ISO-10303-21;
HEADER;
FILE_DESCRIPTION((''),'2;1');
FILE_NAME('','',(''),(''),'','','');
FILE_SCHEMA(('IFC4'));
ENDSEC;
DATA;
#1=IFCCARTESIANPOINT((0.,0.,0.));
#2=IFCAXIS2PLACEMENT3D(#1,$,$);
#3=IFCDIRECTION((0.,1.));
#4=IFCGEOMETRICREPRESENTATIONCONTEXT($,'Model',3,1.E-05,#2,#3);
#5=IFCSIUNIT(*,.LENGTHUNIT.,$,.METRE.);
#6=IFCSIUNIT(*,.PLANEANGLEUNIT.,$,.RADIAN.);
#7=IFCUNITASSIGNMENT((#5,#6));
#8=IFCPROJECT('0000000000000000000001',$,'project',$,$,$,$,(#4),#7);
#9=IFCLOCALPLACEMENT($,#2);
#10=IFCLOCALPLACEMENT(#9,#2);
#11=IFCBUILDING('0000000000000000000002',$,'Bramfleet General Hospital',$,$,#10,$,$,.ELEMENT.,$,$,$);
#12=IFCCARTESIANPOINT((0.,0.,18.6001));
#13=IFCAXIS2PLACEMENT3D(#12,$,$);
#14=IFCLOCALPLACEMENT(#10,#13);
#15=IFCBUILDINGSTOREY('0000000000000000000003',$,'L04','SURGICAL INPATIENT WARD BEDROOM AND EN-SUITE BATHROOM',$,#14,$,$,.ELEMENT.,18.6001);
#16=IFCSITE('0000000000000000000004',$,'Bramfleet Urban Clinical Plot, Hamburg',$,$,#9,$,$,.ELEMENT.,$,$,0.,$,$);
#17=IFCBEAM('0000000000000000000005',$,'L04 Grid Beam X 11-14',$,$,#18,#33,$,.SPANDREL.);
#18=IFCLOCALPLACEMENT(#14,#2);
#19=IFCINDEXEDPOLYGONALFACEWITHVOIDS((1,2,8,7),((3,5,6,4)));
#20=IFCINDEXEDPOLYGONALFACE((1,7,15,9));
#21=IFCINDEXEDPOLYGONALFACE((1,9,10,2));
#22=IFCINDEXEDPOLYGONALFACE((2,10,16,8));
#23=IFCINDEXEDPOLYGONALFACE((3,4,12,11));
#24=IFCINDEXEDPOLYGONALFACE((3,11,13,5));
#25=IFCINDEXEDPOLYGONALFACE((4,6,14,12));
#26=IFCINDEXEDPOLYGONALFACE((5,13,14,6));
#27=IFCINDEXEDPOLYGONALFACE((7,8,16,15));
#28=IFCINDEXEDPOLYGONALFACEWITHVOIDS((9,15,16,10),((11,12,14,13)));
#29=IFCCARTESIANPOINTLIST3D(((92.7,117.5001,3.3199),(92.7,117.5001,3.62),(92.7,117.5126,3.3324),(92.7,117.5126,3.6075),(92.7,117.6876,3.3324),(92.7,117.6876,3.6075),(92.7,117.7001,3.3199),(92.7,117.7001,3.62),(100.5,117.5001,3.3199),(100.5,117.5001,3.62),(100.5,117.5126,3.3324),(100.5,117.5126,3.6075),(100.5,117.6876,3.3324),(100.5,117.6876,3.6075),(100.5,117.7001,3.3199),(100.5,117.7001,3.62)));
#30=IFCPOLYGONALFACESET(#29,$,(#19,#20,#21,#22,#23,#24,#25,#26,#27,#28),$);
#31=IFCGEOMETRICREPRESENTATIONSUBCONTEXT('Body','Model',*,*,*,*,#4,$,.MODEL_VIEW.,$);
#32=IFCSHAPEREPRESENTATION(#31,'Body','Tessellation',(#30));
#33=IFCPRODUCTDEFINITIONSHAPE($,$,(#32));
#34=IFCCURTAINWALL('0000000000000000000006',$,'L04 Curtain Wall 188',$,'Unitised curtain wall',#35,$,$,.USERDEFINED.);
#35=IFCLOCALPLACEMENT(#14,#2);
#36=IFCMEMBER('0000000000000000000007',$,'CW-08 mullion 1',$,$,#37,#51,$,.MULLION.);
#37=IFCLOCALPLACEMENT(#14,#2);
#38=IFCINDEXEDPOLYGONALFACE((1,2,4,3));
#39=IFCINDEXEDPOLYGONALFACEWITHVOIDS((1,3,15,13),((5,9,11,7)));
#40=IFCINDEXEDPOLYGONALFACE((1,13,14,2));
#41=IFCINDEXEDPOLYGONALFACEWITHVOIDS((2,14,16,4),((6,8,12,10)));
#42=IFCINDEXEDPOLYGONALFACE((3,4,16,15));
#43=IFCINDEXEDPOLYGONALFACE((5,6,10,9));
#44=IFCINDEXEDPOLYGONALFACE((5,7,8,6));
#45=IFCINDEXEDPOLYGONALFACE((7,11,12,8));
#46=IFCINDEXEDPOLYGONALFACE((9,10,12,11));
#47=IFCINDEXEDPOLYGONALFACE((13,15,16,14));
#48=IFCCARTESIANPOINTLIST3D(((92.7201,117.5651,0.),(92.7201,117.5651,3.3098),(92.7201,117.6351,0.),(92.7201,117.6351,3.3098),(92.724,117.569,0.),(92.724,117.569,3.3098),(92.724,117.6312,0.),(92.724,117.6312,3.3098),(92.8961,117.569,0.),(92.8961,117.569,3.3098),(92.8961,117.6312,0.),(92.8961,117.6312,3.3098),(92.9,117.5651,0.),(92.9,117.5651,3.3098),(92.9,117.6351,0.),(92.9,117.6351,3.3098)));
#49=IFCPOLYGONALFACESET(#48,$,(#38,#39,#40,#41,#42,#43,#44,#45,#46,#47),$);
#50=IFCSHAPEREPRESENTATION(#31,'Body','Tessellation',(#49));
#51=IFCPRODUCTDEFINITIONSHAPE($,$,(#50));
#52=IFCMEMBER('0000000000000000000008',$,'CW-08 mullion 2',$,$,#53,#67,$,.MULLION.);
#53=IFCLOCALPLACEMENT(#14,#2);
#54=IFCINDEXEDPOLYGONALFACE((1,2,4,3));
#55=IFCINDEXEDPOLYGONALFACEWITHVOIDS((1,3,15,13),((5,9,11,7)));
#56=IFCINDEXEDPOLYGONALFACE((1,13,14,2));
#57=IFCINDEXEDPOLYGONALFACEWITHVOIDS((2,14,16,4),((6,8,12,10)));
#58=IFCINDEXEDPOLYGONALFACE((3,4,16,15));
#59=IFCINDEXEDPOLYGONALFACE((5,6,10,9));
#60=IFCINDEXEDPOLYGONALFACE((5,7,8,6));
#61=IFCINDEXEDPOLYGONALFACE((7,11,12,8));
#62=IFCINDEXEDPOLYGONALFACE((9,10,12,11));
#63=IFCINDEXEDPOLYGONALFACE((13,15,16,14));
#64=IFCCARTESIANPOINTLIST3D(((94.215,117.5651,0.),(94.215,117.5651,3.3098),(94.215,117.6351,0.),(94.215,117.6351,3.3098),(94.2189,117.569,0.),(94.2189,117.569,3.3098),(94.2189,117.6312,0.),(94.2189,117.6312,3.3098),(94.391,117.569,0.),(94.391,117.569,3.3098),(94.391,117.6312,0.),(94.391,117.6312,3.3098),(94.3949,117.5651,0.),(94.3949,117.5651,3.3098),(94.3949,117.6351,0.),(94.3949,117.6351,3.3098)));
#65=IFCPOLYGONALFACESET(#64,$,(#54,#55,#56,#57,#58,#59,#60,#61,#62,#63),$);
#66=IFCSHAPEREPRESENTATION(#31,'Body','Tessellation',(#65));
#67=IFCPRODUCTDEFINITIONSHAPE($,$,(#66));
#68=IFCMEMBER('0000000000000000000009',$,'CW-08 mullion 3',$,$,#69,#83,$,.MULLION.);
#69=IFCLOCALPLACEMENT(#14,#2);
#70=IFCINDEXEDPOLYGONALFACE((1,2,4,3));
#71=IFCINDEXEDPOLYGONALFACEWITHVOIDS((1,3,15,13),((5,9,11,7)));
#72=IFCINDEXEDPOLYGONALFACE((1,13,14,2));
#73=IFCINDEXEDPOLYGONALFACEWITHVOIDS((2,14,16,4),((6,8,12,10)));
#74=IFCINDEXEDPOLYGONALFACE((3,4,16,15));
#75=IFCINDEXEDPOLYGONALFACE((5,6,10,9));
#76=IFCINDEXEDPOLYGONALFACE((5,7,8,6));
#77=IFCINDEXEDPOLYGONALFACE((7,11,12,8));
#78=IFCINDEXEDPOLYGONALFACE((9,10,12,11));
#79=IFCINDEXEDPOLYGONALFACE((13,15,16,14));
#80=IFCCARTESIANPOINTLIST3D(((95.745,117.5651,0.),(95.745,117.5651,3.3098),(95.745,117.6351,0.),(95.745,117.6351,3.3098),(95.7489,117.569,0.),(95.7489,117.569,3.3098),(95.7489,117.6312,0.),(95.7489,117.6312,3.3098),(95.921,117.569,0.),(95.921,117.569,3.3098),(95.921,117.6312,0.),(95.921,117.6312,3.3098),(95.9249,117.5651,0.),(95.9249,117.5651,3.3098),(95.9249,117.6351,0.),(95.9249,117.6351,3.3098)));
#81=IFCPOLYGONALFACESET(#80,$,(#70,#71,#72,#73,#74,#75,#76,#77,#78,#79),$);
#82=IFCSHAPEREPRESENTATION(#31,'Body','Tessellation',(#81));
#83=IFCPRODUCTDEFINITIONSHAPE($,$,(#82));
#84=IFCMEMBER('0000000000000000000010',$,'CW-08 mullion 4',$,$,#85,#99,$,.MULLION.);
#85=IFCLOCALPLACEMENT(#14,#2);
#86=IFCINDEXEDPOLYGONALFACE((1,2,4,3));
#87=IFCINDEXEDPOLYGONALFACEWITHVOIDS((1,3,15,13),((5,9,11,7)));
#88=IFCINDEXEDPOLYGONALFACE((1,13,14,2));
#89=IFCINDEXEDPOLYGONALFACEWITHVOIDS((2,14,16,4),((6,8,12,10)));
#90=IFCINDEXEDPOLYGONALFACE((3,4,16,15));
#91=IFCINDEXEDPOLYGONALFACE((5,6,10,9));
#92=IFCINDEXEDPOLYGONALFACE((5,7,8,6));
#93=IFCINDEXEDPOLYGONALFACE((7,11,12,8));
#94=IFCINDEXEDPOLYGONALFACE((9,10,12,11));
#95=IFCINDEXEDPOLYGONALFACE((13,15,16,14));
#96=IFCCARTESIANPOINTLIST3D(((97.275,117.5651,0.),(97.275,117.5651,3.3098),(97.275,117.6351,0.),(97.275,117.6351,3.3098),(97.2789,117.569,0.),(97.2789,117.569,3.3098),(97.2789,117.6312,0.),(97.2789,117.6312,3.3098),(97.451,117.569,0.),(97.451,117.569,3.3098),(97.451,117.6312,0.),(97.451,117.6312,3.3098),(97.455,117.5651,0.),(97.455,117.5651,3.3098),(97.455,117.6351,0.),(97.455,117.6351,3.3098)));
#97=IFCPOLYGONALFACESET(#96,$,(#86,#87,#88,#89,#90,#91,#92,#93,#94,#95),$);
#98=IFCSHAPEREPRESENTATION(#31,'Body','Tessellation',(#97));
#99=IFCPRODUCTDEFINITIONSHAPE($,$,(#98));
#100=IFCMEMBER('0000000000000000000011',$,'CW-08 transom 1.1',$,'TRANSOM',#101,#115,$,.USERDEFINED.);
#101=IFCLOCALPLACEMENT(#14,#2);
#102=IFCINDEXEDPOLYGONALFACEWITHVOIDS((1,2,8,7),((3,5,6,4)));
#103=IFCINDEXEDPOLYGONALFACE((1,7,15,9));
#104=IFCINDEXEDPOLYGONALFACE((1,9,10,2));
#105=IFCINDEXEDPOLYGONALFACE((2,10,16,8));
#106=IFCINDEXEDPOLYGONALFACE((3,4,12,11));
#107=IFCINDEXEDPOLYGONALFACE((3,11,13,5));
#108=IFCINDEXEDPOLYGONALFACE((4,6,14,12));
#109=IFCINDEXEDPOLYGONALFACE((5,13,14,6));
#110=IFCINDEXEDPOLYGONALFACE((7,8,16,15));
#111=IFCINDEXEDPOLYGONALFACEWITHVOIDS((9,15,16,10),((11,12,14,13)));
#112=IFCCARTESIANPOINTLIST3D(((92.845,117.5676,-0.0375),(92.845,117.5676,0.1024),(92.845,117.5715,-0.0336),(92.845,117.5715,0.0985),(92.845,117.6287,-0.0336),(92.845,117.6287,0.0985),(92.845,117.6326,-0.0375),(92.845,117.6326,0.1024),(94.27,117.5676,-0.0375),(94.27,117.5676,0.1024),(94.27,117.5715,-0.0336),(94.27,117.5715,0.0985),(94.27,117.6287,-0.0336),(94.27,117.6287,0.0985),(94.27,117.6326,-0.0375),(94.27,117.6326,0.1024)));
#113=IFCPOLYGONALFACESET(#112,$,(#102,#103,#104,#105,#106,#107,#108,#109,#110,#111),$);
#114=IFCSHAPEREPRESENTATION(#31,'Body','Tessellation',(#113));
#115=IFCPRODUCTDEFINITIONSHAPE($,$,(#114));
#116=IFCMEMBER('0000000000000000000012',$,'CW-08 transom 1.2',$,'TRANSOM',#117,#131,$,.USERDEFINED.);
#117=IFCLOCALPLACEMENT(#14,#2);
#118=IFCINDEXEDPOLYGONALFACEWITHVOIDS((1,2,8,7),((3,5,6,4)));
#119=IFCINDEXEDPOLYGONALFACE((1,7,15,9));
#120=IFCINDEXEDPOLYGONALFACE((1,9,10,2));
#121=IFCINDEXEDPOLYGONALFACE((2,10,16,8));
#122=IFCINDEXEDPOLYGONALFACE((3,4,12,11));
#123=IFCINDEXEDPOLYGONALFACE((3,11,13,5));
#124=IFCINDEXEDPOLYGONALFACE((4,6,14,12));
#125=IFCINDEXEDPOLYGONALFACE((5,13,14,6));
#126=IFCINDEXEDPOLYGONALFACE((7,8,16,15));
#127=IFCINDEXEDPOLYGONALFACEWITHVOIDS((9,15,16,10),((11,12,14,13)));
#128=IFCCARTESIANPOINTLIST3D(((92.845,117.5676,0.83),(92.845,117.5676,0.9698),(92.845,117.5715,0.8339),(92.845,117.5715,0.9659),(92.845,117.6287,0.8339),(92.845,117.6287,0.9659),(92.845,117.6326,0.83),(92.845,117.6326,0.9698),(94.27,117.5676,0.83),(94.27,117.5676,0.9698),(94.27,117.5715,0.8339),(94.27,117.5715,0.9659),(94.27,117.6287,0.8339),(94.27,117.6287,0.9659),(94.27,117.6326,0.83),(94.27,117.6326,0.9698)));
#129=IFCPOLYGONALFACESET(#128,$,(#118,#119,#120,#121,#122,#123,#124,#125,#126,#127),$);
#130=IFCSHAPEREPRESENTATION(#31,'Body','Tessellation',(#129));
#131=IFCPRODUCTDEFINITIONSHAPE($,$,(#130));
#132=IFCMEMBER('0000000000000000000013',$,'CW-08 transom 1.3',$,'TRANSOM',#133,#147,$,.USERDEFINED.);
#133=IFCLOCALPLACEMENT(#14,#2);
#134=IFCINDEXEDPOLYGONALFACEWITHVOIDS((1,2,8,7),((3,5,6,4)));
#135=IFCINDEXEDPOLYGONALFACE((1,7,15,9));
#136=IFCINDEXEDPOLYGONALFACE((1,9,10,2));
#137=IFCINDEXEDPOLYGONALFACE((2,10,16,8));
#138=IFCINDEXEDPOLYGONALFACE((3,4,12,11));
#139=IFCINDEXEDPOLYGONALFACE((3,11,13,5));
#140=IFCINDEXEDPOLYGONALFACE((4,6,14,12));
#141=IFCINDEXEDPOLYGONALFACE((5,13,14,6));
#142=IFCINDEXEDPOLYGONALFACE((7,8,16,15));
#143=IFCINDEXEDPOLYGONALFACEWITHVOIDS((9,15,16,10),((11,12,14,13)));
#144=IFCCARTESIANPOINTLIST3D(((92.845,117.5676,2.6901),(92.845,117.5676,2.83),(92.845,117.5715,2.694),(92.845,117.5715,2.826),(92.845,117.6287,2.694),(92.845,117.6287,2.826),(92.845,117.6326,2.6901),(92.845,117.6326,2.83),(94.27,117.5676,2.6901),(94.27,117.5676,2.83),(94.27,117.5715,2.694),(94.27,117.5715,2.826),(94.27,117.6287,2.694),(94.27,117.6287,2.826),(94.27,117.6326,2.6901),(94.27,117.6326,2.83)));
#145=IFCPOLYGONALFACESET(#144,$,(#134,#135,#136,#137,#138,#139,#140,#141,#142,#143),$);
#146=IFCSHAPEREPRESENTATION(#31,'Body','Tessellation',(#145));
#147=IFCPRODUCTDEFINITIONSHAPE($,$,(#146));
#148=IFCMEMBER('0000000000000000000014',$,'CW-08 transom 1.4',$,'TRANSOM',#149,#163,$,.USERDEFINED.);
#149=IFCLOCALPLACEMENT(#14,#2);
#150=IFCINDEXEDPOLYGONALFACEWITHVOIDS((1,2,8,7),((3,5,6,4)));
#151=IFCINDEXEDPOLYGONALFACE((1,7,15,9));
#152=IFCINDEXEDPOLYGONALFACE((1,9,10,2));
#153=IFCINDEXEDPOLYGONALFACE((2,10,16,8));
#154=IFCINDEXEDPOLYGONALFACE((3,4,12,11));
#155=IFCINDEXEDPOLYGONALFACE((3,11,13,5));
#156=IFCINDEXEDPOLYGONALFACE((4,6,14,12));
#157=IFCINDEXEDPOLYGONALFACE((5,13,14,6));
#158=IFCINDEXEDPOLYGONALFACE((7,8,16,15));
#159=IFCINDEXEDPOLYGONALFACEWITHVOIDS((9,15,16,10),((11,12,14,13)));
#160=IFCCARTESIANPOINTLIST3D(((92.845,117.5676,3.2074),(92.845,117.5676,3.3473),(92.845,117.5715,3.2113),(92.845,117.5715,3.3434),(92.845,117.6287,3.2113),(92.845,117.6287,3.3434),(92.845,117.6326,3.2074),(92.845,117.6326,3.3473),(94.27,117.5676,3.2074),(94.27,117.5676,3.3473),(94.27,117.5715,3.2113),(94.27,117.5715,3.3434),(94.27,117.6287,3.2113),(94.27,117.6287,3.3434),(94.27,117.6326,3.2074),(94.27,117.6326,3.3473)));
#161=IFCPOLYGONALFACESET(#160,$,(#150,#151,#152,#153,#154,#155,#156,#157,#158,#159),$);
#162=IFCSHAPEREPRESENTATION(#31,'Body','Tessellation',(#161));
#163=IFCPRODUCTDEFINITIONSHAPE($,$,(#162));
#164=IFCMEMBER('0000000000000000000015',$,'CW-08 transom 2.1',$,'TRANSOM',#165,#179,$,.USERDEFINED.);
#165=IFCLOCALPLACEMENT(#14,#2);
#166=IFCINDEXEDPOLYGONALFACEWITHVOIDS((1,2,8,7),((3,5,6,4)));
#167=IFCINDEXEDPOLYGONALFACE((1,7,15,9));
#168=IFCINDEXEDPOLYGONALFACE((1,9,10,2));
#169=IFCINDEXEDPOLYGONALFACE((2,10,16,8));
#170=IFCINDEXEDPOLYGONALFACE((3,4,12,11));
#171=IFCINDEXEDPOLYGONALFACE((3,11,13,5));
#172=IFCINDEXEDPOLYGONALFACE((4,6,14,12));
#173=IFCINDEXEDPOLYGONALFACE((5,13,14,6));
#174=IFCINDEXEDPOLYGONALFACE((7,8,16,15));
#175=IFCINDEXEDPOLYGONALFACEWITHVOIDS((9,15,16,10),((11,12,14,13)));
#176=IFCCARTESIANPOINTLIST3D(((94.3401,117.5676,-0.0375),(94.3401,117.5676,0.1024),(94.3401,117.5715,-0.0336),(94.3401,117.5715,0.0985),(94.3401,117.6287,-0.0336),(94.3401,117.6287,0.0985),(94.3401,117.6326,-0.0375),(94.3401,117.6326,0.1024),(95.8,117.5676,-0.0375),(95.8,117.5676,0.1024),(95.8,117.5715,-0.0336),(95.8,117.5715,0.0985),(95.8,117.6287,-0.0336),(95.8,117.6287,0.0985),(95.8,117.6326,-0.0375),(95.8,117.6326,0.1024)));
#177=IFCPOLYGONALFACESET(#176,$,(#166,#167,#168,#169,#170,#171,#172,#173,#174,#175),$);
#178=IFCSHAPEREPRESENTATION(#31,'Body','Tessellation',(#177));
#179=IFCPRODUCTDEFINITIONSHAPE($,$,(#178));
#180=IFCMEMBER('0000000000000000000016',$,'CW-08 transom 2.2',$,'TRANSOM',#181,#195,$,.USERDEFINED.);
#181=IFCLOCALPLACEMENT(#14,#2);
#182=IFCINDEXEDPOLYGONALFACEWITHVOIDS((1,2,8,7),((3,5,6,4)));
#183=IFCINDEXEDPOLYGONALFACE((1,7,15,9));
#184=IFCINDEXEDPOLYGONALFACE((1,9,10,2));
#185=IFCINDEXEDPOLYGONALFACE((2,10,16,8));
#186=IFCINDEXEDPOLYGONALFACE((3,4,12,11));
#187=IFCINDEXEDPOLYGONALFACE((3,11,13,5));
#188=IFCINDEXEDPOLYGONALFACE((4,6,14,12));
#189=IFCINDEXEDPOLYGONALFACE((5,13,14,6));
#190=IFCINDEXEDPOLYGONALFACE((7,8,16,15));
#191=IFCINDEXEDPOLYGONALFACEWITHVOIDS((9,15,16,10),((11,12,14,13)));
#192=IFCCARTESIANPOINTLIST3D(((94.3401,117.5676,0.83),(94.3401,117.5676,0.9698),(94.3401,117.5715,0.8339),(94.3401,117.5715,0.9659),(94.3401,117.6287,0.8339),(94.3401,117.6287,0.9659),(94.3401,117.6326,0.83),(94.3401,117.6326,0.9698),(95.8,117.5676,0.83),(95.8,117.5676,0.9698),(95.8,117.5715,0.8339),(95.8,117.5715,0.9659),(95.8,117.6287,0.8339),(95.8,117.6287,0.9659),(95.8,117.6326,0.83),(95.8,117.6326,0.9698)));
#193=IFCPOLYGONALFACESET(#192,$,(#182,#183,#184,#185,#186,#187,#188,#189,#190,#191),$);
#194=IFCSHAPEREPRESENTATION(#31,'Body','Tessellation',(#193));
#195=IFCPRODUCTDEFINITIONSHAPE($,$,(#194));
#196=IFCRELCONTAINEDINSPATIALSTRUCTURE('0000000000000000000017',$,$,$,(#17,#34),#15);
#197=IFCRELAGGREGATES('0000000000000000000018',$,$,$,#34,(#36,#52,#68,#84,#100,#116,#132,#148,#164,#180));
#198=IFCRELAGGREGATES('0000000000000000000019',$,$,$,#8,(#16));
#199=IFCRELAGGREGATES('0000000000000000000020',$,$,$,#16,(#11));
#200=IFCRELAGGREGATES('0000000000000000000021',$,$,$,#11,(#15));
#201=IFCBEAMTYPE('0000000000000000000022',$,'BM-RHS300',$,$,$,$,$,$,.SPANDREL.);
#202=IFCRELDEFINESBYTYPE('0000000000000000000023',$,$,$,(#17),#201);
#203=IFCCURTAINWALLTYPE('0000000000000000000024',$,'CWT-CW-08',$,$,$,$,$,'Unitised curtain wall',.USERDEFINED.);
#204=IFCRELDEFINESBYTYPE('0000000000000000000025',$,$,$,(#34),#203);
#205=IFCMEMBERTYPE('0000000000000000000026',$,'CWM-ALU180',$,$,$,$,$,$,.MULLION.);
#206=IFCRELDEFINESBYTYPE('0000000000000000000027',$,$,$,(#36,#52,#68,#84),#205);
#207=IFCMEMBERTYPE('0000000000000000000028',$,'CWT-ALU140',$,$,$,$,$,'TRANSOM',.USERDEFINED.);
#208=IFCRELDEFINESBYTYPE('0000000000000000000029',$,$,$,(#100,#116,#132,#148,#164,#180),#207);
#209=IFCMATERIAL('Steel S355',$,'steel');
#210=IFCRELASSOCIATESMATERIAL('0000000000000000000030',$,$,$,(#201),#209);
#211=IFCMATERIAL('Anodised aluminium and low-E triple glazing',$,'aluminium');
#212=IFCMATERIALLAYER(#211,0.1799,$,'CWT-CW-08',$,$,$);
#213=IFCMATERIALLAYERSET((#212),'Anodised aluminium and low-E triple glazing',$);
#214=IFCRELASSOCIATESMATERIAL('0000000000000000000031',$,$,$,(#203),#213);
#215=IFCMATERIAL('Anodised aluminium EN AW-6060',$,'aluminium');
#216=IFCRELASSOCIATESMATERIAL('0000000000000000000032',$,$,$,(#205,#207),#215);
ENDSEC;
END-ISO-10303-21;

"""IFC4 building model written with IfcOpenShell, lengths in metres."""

from ifc_helpers import new_model, si_unit, direction, frame, origin, origin_2d, place, context, subcontext, project, spatial, hollow_rectangle, extrude, material, layer, layer_set, material_profile, profile_set, type_object, element, aggregate, save


model = new_model("IFC4")

# Units and contexts
model_context = context("Model", 3, precision=1e-05, world=origin(), true_north=direction((0.0, 1.0)))
body_context = subcontext(model_context, "Body", "Model", "MODEL_VIEW")
ifc_project = project(units=[si_unit("LENGTHUNIT", "METRE"), si_unit("PLANEANGLEUNIT", "RADIAN")], contexts=[model_context])

# Site, building, storey
site_placement = place(None, origin())
site = spatial("IfcSite", under=ifc_project, at=site_placement, Name="Bramfleet Urban Clinical Plot, Hamburg", CompositionType="ELEMENT", RefElevation=0.0)
building_placement = place(site_placement, origin())
building = spatial("IfcBuilding", under=site, at=building_placement, Name="Bramfleet General Hospital", CompositionType="ELEMENT")
storey_placement = place(building_placement, frame((0.0, 0.0, 18.6001)))
storey = spatial("IfcBuildingStorey", under=building, at=storey_placement, Name="L04", Description="SURGICAL INPATIENT WARD BEDROOM AND EN-SUITE BATHROOM", CompositionType="ELEMENT", Elevation=18.6001)

# Beam
ifc_material_1 = material(Name="Steel S355", Category="steel")
ifc_material_profile_1 = material_profile(ifc_material_1, hollow_rectangle(XDim=0.2, YDim=0.3, WallThickness=0.0125, at=origin_2d()), Name="RHS 300x200x12.5")
ifc_profile_set_1 = profile_set([ifc_material_profile_1], Name="Steel S355")
beam_type = type_object("IfcBeamType", Name="BM-RHS300", PredefinedType="SPANDREL", material=ifc_profile_set_1)
beam_placement = place(storey_placement, frame((92.7, 117.6001, 3.47), z_axis=(1.0, 0.0, 0.0), x_axis=(0.0, 1.0, 0.0)))
element("IfcBeam", 1, at=beam_placement, inside=storey, type_object=beam_type, Name="L04 Grid Beam X 11-14", PredefinedType="SPANDREL", context=body_context, shape_type="SweptSolid", body=[
    extrude(hollow_rectangle(XDim=0.2, YDim=0.3, WallThickness=0.0125, at=origin_2d()), origin(), (0.0, 0.0, 1.0), 7.8),
])

# Curtain wall, members
ifc_material_2 = material(Name="Anodised aluminium and low-E triple glazing", Category="aluminium")
ifc_layer_1 = layer(ifc_material_2, 0.1799, Name="CWT-CW-08")
ifc_layer_set_1 = layer_set([ifc_layer_1], Name="Anodised aluminium and low-E triple glazing")
curtain_wall_type = type_object("IfcCurtainWallType", Name="CWT-CW-08", ElementType="Unitised curtain wall", PredefinedType="USERDEFINED", material=ifc_layer_set_1)
curtain_wall_placement = place(storey_placement, origin())
curtain_wall = element("IfcCurtainWall", 2, at=curtain_wall_placement, inside=storey, type_object=curtain_wall_type, Name="L04 Curtain Wall 188", ObjectType="Unitised curtain wall", PredefinedType="USERDEFINED")
ifc_material_3 = material(Name="Anodised aluminium EN AW-6060", Category="aluminium")
ifc_material_profile_2 = material_profile(ifc_material_3, hollow_rectangle(XDim=0.0701, YDim=0.1799, WallThickness=0.0039, at=origin_2d()), Name="ALU 180x70x4.0")
ifc_profile_set_2 = profile_set([ifc_material_profile_2], Name="Anodised aluminium EN AW-6060")
member_type_1 = type_object("IfcMemberType", Name="CWM-ALU180", PredefinedType="MULLION", material=ifc_profile_set_2)
member_1_placement = place(storey_placement, frame((92.8101, 117.6001, 0.0), z_axis=(0.0, 0.0, 1.0), x_axis=(0.0, 1.0, 0.0)))
member_1 = element("IfcMember", 3, at=member_1_placement, type_object=member_type_1, Name="CW-08 mullion 1", PredefinedType="MULLION", context=body_context, shape_type="SweptSolid", body=[
    extrude(hollow_rectangle(XDim=0.0701, YDim=0.1799, WallThickness=0.0039, at=origin_2d()), origin(), (0.0, 0.0, 1.0), 3.3098),
])
member_2_placement = place(storey_placement, frame((94.3049, 117.6001, 0.0), z_axis=(0.0, 0.0, 1.0), x_axis=(0.0, 1.0, 0.0)))
member_2 = element("IfcMember", 4, at=member_2_placement, type_object=member_type_1, Name="CW-08 mullion 2", PredefinedType="MULLION", context=body_context, shape_type="SweptSolid", body=[
    extrude(hollow_rectangle(XDim=0.0701, YDim=0.1799, WallThickness=0.0039, at=origin_2d()), origin(), (0.0, 0.0, 1.0), 3.3098),
])
member_3_placement = place(storey_placement, frame((95.835, 117.6001, 0.0), z_axis=(0.0, 0.0, 1.0), x_axis=(0.0, 1.0, 0.0)))
member_3 = element("IfcMember", 5, at=member_3_placement, type_object=member_type_1, Name="CW-08 mullion 3", PredefinedType="MULLION", context=body_context, shape_type="SweptSolid", body=[
    extrude(hollow_rectangle(XDim=0.0701, YDim=0.1799, WallThickness=0.0039, at=origin_2d()), origin(), (0.0, 0.0, 1.0), 3.3098),
])
member_4_placement = place(storey_placement, frame((97.365, 117.6001, 0.0), z_axis=(0.0, 0.0, 1.0), x_axis=(0.0, 1.0, 0.0)))
member_4 = element("IfcMember", 6, at=member_4_placement, type_object=member_type_1, Name="CW-08 mullion 4", PredefinedType="MULLION", context=body_context, shape_type="SweptSolid", body=[
    extrude(hollow_rectangle(XDim=0.0701, YDim=0.1799, WallThickness=0.0039, at=origin_2d()), origin(), (0.0, 0.0, 1.0), 3.3098),
])
ifc_material_profile_3 = material_profile(ifc_material_3, hollow_rectangle(XDim=0.0649, YDim=0.1399, WallThickness=0.0039, at=origin_2d()), Name="ALU 140x65x4.0")
ifc_profile_set_3 = profile_set([ifc_material_profile_3], Name="Anodised aluminium EN AW-6060")
member_type_2 = type_object("IfcMemberType", Name="CWT-ALU140", ElementType="TRANSOM", PredefinedType="USERDEFINED", material=ifc_profile_set_3)
member_5_placement = place(storey_placement, frame((92.845, 117.6001, 0.0325), z_axis=(1.0, 0.0, 0.0), x_axis=(0.0, 1.0, 0.0)))
member_5 = element("IfcMember", 7, at=member_5_placement, type_object=member_type_2, Name="CW-08 transom 1.1", ObjectType="TRANSOM", PredefinedType="USERDEFINED", context=body_context, shape_type="SweptSolid", body=[
    extrude(hollow_rectangle(XDim=0.0649, YDim=0.1399, WallThickness=0.0039, at=origin_2d()), origin(), (0.0, 0.0, 1.0), 1.425),
])
member_6_placement = place(storey_placement, frame((92.845, 117.6001, 0.8999), z_axis=(1.0, 0.0, 0.0), x_axis=(0.0, 1.0, 0.0)))
member_6 = element("IfcMember", 8, at=member_6_placement, type_object=member_type_2, Name="CW-08 transom 1.2", ObjectType="TRANSOM", PredefinedType="USERDEFINED", context=body_context, shape_type="SweptSolid", body=[
    extrude(hollow_rectangle(XDim=0.0649, YDim=0.1399, WallThickness=0.0039, at=origin_2d()), origin(), (0.0, 0.0, 1.0), 1.425),
])
member_7_placement = place(storey_placement, frame((92.845, 117.6001, 2.76), z_axis=(1.0, 0.0, 0.0), x_axis=(0.0, 1.0, 0.0)))
member_7 = element("IfcMember", 9, at=member_7_placement, type_object=member_type_2, Name="CW-08 transom 1.3", ObjectType="TRANSOM", PredefinedType="USERDEFINED", context=body_context, shape_type="SweptSolid", body=[
    extrude(hollow_rectangle(XDim=0.0649, YDim=0.1399, WallThickness=0.0039, at=origin_2d()), origin(), (0.0, 0.0, 1.0), 1.425),
])
member_8_placement = place(storey_placement, frame((92.845, 117.6001, 3.2773), z_axis=(1.0, 0.0, 0.0), x_axis=(0.0, 1.0, 0.0)))
member_8 = element("IfcMember", 10, at=member_8_placement, type_object=member_type_2, Name="CW-08 transom 1.4", ObjectType="TRANSOM", PredefinedType="USERDEFINED", context=body_context, shape_type="SweptSolid", body=[
    extrude(hollow_rectangle(XDim=0.0649, YDim=0.1399, WallThickness=0.0039, at=origin_2d()), origin(), (0.0, 0.0, 1.0), 1.425),
])
member_9_placement = place(storey_placement, frame((94.3401, 117.6001, 0.0325), z_axis=(1.0, 0.0, 0.0), x_axis=(0.0, 1.0, 0.0)))
member_9 = element("IfcMember", 11, at=member_9_placement, type_object=member_type_2, Name="CW-08 transom 2.1", ObjectType="TRANSOM", PredefinedType="USERDEFINED", context=body_context, shape_type="SweptSolid", body=[
    extrude(hollow_rectangle(XDim=0.0649, YDim=0.1399, WallThickness=0.0039, at=origin_2d()), origin(), (0.0, 0.0, 1.0), 1.46),
])
member_10_placement = place(storey_placement, frame((94.3401, 117.6001, 0.8999), z_axis=(1.0, 0.0, 0.0), x_axis=(0.0, 1.0, 0.0)))
member_10 = element("IfcMember", 12, at=member_10_placement, type_object=member_type_2, Name="CW-08 transom 2.2", ObjectType="TRANSOM", PredefinedType="USERDEFINED", context=body_context, shape_type="SweptSolid", body=[
    extrude(hollow_rectangle(XDim=0.0649, YDim=0.1399, WallThickness=0.0039, at=origin_2d()), origin(), (0.0, 0.0, 1.0), 1.46),
])
aggregate(curtain_wall, [member_1, member_2, member_3, member_4, member_5, member_6, member_7, member_8, member_9, member_10])

save(model, "model.ifc")
